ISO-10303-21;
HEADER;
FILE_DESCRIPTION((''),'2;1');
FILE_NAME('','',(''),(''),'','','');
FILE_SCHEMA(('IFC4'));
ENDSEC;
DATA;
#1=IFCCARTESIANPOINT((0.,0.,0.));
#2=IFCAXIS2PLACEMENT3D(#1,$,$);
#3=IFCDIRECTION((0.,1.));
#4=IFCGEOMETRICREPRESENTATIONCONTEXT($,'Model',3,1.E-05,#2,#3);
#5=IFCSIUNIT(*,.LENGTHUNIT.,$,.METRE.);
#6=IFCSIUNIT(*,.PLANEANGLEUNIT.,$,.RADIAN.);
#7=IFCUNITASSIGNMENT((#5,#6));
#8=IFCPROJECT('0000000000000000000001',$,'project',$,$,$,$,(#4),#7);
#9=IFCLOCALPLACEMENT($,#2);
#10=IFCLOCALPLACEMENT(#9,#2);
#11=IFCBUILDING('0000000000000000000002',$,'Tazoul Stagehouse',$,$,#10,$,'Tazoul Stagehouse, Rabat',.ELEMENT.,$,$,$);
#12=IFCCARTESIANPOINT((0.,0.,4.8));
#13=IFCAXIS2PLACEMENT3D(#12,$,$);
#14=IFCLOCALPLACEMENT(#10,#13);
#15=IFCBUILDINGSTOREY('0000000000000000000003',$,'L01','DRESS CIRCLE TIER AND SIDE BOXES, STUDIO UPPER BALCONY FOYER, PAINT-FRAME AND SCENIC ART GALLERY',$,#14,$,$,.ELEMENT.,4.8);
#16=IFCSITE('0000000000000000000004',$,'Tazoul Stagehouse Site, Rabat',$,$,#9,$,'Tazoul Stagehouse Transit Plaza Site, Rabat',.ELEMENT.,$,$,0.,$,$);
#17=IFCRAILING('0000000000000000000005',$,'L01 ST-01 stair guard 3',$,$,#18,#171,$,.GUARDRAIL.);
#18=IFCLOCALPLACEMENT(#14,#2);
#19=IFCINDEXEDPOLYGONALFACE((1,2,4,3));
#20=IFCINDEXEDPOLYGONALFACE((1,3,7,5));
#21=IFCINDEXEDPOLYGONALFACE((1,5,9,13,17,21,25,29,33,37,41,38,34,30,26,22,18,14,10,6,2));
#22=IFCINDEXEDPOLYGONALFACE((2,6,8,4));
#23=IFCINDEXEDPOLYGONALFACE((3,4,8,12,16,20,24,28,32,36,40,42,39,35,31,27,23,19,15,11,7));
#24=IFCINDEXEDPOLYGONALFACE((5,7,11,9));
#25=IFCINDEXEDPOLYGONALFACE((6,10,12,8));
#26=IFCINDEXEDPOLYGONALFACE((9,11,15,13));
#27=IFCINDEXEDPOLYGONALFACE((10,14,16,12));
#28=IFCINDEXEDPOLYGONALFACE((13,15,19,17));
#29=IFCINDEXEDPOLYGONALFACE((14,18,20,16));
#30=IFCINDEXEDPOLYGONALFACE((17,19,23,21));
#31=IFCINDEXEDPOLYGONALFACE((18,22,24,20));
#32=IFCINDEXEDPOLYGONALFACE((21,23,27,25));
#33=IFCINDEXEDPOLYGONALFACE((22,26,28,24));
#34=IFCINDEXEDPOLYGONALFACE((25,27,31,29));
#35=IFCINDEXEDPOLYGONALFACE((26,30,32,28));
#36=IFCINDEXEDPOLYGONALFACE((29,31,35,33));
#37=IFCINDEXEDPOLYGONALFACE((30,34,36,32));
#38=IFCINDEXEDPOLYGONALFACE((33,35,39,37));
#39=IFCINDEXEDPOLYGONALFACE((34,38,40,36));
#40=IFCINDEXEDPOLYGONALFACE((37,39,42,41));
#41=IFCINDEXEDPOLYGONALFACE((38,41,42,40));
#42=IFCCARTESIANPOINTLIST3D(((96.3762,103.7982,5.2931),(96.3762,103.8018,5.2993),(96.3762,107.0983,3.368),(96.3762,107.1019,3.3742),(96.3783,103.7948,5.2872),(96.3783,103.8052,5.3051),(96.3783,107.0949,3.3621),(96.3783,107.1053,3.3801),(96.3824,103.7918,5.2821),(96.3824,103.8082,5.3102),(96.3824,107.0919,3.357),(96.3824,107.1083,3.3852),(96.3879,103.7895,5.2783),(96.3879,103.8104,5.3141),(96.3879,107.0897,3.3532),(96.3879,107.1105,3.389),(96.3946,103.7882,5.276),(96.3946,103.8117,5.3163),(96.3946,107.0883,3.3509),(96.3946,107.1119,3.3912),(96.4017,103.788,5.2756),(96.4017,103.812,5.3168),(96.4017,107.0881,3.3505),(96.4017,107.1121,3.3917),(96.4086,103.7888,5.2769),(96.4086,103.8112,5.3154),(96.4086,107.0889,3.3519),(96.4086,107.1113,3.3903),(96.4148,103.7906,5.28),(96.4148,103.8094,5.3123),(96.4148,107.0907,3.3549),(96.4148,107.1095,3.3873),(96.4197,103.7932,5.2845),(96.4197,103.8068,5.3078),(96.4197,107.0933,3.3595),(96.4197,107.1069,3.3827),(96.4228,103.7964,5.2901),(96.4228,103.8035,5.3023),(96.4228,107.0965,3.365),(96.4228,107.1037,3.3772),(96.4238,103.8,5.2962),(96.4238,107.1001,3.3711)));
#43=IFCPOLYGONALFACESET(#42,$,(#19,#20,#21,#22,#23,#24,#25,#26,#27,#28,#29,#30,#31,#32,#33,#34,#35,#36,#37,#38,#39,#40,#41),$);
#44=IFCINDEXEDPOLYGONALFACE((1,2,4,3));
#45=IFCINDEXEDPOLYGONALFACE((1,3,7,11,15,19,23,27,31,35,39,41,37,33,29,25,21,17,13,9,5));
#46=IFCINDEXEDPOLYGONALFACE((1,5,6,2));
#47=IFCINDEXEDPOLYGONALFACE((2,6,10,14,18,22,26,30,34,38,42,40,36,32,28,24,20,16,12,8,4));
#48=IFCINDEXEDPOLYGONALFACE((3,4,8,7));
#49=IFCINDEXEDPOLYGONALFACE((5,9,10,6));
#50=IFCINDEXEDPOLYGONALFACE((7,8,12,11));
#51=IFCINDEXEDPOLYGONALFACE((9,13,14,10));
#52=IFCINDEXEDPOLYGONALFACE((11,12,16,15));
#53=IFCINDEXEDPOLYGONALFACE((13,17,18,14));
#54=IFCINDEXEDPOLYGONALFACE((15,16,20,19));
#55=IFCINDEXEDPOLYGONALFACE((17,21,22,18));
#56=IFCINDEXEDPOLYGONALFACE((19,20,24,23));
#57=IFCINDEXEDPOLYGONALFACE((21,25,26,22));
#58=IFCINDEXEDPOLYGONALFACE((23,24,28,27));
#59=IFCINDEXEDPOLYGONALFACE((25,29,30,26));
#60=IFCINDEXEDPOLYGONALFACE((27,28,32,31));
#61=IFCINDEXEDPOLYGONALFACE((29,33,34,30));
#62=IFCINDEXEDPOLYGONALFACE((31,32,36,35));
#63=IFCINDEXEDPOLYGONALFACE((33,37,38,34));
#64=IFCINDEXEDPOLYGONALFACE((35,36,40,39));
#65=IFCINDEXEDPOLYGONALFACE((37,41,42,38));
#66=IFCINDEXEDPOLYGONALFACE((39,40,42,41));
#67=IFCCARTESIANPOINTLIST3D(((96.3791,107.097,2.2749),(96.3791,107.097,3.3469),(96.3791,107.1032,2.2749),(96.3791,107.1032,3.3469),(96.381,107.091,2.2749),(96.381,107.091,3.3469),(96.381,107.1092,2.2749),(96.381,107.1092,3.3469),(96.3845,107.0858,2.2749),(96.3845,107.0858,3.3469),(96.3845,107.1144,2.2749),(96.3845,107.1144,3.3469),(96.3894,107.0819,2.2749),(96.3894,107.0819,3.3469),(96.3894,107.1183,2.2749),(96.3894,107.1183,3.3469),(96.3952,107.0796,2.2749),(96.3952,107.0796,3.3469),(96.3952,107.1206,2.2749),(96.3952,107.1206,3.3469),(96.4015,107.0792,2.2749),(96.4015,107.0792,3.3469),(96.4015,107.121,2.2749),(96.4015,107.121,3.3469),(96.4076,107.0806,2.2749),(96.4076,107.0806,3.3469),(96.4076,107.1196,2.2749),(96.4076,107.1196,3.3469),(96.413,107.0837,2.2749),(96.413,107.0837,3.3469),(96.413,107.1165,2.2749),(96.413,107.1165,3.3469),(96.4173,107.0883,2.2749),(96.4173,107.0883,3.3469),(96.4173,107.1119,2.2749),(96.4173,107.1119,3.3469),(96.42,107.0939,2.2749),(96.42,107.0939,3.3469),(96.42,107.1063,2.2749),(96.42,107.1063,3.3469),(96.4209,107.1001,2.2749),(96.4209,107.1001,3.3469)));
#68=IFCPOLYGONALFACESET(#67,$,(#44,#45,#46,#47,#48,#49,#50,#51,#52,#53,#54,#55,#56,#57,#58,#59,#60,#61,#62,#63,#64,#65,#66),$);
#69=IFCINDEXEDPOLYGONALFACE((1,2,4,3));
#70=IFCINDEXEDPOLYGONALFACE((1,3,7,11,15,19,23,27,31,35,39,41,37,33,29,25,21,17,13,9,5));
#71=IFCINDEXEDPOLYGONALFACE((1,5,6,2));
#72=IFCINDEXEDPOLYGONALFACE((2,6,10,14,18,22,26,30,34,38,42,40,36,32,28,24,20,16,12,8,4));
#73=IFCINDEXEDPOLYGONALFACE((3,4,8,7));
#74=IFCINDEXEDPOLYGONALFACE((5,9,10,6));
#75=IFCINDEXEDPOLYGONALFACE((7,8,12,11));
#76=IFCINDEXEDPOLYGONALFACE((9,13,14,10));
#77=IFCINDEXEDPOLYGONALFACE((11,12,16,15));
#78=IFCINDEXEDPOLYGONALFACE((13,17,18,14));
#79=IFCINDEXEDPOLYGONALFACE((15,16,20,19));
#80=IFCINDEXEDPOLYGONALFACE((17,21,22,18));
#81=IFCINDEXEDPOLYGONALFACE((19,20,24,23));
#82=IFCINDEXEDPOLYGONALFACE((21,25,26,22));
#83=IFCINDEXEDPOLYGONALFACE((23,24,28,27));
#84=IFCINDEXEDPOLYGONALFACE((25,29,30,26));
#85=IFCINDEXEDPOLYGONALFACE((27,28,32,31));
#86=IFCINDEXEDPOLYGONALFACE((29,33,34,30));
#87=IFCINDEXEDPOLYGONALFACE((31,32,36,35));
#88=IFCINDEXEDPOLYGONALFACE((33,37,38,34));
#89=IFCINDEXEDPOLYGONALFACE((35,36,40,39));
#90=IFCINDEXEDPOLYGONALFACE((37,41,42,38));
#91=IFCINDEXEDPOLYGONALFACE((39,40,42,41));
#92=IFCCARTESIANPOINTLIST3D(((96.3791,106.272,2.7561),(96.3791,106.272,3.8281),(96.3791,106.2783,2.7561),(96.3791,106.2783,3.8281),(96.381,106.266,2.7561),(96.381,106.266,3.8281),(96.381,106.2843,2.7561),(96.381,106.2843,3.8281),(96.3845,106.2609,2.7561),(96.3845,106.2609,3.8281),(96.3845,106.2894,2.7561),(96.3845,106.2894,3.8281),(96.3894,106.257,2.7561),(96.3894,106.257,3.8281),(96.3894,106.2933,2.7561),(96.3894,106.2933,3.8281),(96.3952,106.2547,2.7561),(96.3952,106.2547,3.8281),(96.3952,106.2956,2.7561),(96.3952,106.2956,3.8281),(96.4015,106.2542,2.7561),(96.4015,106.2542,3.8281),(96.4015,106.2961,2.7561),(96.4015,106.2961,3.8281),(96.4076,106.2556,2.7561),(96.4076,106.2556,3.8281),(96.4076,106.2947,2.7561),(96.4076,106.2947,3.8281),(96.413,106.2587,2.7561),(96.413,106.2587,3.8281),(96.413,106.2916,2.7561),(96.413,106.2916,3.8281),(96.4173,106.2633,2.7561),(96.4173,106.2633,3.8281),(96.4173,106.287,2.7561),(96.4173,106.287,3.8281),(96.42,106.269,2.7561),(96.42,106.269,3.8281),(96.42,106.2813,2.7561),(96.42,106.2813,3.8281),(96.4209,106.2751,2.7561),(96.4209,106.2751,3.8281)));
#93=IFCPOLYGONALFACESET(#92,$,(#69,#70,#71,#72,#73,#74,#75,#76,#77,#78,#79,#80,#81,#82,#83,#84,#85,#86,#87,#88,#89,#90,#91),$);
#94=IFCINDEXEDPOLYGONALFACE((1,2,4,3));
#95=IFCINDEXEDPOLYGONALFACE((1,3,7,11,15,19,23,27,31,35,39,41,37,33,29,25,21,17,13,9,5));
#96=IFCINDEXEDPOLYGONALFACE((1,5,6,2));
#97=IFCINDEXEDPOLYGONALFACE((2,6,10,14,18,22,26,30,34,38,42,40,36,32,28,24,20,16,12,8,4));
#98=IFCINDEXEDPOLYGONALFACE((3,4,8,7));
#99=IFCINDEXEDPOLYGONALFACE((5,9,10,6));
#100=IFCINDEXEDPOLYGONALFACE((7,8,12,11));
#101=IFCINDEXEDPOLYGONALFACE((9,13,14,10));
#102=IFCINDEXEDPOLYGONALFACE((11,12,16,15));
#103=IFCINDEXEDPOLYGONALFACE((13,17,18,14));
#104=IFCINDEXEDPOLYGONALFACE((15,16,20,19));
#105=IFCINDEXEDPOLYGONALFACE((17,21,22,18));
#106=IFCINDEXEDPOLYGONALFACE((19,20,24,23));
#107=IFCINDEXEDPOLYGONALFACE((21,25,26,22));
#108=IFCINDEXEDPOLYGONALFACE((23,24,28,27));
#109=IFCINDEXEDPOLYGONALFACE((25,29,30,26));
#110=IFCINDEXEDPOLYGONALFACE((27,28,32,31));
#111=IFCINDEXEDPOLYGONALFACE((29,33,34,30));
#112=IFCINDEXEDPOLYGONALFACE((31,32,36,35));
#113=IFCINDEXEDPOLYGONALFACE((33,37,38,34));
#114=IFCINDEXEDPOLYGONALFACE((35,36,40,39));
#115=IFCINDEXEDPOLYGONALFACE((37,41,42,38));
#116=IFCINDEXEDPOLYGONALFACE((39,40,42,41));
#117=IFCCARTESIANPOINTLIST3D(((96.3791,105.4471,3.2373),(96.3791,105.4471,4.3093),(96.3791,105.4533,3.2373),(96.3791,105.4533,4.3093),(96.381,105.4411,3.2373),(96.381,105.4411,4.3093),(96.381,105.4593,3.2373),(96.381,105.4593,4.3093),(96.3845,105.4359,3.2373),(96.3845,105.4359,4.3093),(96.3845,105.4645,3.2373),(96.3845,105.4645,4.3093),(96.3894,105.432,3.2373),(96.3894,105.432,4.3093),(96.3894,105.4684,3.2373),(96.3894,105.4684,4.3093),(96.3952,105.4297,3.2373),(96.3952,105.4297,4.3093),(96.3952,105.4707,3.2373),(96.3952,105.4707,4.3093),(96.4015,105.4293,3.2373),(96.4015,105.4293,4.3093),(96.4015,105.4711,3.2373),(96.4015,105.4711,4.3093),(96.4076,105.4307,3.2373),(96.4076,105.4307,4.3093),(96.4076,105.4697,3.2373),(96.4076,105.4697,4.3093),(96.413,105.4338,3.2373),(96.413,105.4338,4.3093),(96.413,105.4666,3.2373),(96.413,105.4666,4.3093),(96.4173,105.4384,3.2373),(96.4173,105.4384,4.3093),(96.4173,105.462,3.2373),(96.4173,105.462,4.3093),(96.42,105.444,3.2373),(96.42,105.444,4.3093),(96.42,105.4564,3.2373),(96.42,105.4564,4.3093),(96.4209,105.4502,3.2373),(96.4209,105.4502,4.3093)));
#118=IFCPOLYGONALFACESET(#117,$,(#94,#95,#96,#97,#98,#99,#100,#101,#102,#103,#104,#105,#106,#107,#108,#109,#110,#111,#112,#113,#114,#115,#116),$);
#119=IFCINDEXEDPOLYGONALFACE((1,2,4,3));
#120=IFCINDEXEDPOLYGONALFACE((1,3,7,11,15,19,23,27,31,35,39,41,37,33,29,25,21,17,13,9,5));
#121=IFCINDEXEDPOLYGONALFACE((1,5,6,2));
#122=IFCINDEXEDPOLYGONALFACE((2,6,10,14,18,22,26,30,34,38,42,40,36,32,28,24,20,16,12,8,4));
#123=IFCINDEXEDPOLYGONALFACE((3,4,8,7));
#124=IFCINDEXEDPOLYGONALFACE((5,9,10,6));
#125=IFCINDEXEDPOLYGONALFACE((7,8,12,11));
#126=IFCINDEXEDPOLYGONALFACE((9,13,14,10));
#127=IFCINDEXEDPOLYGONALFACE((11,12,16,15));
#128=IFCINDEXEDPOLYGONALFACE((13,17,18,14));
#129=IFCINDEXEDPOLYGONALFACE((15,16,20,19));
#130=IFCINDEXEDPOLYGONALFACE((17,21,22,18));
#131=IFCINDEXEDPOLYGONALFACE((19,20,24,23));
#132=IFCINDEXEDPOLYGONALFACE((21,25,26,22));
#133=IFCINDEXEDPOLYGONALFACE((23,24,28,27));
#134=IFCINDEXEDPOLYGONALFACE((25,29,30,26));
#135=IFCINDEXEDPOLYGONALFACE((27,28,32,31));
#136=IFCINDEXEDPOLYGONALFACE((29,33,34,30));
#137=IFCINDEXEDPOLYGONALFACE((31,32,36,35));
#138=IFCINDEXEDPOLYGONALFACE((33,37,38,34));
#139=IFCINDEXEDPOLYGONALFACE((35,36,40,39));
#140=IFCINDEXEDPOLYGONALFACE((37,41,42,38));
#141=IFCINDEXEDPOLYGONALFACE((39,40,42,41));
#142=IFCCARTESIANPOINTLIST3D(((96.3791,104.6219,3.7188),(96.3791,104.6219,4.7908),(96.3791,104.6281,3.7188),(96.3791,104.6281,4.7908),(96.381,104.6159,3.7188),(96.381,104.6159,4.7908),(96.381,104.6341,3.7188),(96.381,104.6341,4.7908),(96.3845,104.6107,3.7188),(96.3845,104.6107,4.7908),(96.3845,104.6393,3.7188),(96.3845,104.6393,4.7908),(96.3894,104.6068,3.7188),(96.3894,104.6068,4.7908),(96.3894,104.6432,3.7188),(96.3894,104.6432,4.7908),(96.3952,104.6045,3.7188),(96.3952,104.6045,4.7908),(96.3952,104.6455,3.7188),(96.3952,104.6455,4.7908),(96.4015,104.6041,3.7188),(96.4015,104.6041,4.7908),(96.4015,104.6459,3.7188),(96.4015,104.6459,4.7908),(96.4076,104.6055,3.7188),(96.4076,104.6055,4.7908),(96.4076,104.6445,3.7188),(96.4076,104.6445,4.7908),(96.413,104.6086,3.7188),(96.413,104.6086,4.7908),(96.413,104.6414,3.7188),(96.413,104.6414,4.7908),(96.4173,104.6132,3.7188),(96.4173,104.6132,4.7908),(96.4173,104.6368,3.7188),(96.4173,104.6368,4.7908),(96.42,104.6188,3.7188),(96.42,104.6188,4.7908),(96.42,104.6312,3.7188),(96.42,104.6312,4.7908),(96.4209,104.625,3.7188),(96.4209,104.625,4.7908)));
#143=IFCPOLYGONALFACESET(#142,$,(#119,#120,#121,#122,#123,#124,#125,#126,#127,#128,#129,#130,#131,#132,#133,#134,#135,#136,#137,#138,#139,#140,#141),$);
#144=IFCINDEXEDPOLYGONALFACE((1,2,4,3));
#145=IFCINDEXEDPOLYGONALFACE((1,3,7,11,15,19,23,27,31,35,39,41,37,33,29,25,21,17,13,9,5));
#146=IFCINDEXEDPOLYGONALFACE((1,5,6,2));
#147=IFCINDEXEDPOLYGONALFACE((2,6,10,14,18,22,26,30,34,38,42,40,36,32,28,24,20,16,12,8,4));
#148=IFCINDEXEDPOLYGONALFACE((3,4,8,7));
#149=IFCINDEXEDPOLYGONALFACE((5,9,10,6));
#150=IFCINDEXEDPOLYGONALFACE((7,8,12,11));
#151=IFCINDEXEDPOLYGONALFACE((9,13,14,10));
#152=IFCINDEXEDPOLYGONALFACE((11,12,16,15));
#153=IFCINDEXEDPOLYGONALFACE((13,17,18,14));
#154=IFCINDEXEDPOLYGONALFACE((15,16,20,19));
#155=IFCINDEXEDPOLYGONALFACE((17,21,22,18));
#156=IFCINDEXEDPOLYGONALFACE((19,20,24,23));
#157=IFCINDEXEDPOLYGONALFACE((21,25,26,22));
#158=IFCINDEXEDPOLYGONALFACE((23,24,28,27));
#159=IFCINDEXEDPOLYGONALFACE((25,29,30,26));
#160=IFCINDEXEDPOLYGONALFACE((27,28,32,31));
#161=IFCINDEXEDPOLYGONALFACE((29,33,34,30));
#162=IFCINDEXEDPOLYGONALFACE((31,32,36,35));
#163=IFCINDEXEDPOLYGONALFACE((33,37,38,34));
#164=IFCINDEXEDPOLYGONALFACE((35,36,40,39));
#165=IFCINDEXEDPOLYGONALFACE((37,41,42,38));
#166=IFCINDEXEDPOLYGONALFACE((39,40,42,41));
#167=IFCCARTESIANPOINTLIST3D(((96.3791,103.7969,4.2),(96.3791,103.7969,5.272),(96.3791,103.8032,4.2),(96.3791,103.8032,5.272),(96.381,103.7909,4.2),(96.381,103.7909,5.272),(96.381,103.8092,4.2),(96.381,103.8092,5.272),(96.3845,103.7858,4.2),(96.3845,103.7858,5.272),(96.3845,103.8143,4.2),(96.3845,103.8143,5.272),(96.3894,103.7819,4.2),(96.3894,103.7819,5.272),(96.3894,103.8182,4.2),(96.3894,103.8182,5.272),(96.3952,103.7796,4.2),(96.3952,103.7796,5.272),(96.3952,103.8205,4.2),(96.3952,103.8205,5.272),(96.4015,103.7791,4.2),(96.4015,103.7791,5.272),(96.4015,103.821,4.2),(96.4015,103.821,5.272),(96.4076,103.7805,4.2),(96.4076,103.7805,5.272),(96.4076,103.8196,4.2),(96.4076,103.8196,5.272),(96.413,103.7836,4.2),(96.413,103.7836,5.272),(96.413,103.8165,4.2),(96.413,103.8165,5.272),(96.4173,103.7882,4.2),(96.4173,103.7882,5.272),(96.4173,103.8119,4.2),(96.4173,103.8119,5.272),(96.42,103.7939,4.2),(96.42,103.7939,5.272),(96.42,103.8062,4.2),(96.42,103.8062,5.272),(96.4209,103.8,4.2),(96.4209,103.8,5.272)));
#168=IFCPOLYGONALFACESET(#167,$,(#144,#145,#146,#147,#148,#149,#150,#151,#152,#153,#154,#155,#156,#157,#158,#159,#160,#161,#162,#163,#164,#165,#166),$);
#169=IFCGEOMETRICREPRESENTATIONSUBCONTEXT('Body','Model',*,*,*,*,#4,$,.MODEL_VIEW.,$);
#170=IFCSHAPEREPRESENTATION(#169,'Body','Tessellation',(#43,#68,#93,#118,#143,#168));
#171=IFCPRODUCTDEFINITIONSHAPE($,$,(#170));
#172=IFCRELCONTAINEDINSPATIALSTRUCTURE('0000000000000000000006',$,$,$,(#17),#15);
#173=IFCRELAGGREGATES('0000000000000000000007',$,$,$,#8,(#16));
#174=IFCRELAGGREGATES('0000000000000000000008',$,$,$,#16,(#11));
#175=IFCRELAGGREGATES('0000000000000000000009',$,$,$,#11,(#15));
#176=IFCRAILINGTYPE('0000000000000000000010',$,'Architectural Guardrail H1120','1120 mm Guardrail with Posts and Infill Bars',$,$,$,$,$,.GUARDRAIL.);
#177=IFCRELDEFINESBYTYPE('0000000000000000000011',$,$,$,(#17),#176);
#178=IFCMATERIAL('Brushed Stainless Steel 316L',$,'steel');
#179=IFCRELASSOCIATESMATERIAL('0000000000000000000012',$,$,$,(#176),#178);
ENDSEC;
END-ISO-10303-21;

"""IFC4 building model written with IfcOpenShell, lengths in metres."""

from ifc_helpers import new_model, si_unit, direction, frame, origin, origin_2d, place, context, subcontext, project, spatial, circle, extrude, material, material_profile, profile_set, type_object, element, save


model = new_model("IFC4")

# Units and contexts
model_context = context("Model", 3, precision=1e-05, world=origin(), true_north=direction((0.0, 1.0)))
body_context = subcontext(model_context, "Body", "Model", "MODEL_VIEW")
ifc_project = project(units=[si_unit("LENGTHUNIT", "METRE"), si_unit("PLANEANGLEUNIT", "RADIAN")], contexts=[model_context])

# Site, building, storey
site_placement = place(None, origin())
site = spatial("IfcSite", under=ifc_project, at=site_placement, Name="Tazoul Stagehouse Site, Rabat", LongName="Tazoul Stagehouse Transit Plaza Site, Rabat", CompositionType="ELEMENT", RefElevation=0.0)
building_placement = place(site_placement, origin())
building = spatial("IfcBuilding", under=site, at=building_placement, Name="Tazoul Stagehouse", LongName="Tazoul Stagehouse, Rabat", CompositionType="ELEMENT")
storey_placement = place(building_placement, frame((0.0, 0.0, 4.8)))
storey = spatial("IfcBuildingStorey", under=building, at=storey_placement, Name="L01", Description="DRESS CIRCLE TIER AND SIDE BOXES, STUDIO UPPER BALCONY FOYER, PAINT-FRAME AND SCENIC ART GALLERY", CompositionType="ELEMENT", Elevation=4.8)

# Railing
ifc_material_1 = material(Name="Brushed Stainless Steel 316L", Category="steel")
ifc_material_profile_1 = material_profile(ifc_material_1, circle(Radius=0.0239, at=origin_2d()), Name="SS RAIL D48")
ifc_profile_set_1 = profile_set([ifc_material_profile_1], Name="Brushed Stainless Steel 316L")
railing_type_1 = type_object("IfcRailingType", Name="Architectural Guardrail H1120", Description="1120 mm Guardrail with Posts and Infill Bars", PredefinedType="GUARDRAIL", material=ifc_profile_set_1)
railing_1_placement = place(storey_placement, frame((96.3999, 107.1001, 2.2749)))
element("IfcRailing", 1, at=railing_1_placement, inside=storey, type_object=railing_type_1, Name="L01 ST-01 stair guard 3", PredefinedType="GUARDRAIL", context=body_context, shape_type="SweptSolid", body=[
    extrude(circle(Radius=0.0239, at=origin_2d()), frame((0.0, 0.0, 1.0962), z_axis=(0.0, -0.863777, 0.503875), x_axis=(1.0, 0.0, 0.0)), (0.0, 0.0, 1.0), 3.8206),
    extrude(circle(Radius=0.021, at=origin_2d()), origin(), (0.0, 0.0, 1.0), 1.072),
    extrude(circle(Radius=0.021, at=origin_2d()), frame((0.0, -0.825, 0.4812)), (0.0, 0.0, 1.0), 1.072),
    extrude(circle(Radius=0.021, at=origin_2d()), frame((0.0, -1.6499, 0.9624)), (0.0, 0.0, 1.0), 1.072),
    extrude(circle(Radius=0.021, at=origin_2d()), frame((0.0, -2.4751, 1.4438)), (0.0, 0.0, 1.0), 1.072),
    extrude(circle(Radius=0.021, at=origin_2d()), frame((0.0, -3.3, 1.925)), (0.0, 0.0, 1.0), 1.072),
])

save(model, "model.ifc")
